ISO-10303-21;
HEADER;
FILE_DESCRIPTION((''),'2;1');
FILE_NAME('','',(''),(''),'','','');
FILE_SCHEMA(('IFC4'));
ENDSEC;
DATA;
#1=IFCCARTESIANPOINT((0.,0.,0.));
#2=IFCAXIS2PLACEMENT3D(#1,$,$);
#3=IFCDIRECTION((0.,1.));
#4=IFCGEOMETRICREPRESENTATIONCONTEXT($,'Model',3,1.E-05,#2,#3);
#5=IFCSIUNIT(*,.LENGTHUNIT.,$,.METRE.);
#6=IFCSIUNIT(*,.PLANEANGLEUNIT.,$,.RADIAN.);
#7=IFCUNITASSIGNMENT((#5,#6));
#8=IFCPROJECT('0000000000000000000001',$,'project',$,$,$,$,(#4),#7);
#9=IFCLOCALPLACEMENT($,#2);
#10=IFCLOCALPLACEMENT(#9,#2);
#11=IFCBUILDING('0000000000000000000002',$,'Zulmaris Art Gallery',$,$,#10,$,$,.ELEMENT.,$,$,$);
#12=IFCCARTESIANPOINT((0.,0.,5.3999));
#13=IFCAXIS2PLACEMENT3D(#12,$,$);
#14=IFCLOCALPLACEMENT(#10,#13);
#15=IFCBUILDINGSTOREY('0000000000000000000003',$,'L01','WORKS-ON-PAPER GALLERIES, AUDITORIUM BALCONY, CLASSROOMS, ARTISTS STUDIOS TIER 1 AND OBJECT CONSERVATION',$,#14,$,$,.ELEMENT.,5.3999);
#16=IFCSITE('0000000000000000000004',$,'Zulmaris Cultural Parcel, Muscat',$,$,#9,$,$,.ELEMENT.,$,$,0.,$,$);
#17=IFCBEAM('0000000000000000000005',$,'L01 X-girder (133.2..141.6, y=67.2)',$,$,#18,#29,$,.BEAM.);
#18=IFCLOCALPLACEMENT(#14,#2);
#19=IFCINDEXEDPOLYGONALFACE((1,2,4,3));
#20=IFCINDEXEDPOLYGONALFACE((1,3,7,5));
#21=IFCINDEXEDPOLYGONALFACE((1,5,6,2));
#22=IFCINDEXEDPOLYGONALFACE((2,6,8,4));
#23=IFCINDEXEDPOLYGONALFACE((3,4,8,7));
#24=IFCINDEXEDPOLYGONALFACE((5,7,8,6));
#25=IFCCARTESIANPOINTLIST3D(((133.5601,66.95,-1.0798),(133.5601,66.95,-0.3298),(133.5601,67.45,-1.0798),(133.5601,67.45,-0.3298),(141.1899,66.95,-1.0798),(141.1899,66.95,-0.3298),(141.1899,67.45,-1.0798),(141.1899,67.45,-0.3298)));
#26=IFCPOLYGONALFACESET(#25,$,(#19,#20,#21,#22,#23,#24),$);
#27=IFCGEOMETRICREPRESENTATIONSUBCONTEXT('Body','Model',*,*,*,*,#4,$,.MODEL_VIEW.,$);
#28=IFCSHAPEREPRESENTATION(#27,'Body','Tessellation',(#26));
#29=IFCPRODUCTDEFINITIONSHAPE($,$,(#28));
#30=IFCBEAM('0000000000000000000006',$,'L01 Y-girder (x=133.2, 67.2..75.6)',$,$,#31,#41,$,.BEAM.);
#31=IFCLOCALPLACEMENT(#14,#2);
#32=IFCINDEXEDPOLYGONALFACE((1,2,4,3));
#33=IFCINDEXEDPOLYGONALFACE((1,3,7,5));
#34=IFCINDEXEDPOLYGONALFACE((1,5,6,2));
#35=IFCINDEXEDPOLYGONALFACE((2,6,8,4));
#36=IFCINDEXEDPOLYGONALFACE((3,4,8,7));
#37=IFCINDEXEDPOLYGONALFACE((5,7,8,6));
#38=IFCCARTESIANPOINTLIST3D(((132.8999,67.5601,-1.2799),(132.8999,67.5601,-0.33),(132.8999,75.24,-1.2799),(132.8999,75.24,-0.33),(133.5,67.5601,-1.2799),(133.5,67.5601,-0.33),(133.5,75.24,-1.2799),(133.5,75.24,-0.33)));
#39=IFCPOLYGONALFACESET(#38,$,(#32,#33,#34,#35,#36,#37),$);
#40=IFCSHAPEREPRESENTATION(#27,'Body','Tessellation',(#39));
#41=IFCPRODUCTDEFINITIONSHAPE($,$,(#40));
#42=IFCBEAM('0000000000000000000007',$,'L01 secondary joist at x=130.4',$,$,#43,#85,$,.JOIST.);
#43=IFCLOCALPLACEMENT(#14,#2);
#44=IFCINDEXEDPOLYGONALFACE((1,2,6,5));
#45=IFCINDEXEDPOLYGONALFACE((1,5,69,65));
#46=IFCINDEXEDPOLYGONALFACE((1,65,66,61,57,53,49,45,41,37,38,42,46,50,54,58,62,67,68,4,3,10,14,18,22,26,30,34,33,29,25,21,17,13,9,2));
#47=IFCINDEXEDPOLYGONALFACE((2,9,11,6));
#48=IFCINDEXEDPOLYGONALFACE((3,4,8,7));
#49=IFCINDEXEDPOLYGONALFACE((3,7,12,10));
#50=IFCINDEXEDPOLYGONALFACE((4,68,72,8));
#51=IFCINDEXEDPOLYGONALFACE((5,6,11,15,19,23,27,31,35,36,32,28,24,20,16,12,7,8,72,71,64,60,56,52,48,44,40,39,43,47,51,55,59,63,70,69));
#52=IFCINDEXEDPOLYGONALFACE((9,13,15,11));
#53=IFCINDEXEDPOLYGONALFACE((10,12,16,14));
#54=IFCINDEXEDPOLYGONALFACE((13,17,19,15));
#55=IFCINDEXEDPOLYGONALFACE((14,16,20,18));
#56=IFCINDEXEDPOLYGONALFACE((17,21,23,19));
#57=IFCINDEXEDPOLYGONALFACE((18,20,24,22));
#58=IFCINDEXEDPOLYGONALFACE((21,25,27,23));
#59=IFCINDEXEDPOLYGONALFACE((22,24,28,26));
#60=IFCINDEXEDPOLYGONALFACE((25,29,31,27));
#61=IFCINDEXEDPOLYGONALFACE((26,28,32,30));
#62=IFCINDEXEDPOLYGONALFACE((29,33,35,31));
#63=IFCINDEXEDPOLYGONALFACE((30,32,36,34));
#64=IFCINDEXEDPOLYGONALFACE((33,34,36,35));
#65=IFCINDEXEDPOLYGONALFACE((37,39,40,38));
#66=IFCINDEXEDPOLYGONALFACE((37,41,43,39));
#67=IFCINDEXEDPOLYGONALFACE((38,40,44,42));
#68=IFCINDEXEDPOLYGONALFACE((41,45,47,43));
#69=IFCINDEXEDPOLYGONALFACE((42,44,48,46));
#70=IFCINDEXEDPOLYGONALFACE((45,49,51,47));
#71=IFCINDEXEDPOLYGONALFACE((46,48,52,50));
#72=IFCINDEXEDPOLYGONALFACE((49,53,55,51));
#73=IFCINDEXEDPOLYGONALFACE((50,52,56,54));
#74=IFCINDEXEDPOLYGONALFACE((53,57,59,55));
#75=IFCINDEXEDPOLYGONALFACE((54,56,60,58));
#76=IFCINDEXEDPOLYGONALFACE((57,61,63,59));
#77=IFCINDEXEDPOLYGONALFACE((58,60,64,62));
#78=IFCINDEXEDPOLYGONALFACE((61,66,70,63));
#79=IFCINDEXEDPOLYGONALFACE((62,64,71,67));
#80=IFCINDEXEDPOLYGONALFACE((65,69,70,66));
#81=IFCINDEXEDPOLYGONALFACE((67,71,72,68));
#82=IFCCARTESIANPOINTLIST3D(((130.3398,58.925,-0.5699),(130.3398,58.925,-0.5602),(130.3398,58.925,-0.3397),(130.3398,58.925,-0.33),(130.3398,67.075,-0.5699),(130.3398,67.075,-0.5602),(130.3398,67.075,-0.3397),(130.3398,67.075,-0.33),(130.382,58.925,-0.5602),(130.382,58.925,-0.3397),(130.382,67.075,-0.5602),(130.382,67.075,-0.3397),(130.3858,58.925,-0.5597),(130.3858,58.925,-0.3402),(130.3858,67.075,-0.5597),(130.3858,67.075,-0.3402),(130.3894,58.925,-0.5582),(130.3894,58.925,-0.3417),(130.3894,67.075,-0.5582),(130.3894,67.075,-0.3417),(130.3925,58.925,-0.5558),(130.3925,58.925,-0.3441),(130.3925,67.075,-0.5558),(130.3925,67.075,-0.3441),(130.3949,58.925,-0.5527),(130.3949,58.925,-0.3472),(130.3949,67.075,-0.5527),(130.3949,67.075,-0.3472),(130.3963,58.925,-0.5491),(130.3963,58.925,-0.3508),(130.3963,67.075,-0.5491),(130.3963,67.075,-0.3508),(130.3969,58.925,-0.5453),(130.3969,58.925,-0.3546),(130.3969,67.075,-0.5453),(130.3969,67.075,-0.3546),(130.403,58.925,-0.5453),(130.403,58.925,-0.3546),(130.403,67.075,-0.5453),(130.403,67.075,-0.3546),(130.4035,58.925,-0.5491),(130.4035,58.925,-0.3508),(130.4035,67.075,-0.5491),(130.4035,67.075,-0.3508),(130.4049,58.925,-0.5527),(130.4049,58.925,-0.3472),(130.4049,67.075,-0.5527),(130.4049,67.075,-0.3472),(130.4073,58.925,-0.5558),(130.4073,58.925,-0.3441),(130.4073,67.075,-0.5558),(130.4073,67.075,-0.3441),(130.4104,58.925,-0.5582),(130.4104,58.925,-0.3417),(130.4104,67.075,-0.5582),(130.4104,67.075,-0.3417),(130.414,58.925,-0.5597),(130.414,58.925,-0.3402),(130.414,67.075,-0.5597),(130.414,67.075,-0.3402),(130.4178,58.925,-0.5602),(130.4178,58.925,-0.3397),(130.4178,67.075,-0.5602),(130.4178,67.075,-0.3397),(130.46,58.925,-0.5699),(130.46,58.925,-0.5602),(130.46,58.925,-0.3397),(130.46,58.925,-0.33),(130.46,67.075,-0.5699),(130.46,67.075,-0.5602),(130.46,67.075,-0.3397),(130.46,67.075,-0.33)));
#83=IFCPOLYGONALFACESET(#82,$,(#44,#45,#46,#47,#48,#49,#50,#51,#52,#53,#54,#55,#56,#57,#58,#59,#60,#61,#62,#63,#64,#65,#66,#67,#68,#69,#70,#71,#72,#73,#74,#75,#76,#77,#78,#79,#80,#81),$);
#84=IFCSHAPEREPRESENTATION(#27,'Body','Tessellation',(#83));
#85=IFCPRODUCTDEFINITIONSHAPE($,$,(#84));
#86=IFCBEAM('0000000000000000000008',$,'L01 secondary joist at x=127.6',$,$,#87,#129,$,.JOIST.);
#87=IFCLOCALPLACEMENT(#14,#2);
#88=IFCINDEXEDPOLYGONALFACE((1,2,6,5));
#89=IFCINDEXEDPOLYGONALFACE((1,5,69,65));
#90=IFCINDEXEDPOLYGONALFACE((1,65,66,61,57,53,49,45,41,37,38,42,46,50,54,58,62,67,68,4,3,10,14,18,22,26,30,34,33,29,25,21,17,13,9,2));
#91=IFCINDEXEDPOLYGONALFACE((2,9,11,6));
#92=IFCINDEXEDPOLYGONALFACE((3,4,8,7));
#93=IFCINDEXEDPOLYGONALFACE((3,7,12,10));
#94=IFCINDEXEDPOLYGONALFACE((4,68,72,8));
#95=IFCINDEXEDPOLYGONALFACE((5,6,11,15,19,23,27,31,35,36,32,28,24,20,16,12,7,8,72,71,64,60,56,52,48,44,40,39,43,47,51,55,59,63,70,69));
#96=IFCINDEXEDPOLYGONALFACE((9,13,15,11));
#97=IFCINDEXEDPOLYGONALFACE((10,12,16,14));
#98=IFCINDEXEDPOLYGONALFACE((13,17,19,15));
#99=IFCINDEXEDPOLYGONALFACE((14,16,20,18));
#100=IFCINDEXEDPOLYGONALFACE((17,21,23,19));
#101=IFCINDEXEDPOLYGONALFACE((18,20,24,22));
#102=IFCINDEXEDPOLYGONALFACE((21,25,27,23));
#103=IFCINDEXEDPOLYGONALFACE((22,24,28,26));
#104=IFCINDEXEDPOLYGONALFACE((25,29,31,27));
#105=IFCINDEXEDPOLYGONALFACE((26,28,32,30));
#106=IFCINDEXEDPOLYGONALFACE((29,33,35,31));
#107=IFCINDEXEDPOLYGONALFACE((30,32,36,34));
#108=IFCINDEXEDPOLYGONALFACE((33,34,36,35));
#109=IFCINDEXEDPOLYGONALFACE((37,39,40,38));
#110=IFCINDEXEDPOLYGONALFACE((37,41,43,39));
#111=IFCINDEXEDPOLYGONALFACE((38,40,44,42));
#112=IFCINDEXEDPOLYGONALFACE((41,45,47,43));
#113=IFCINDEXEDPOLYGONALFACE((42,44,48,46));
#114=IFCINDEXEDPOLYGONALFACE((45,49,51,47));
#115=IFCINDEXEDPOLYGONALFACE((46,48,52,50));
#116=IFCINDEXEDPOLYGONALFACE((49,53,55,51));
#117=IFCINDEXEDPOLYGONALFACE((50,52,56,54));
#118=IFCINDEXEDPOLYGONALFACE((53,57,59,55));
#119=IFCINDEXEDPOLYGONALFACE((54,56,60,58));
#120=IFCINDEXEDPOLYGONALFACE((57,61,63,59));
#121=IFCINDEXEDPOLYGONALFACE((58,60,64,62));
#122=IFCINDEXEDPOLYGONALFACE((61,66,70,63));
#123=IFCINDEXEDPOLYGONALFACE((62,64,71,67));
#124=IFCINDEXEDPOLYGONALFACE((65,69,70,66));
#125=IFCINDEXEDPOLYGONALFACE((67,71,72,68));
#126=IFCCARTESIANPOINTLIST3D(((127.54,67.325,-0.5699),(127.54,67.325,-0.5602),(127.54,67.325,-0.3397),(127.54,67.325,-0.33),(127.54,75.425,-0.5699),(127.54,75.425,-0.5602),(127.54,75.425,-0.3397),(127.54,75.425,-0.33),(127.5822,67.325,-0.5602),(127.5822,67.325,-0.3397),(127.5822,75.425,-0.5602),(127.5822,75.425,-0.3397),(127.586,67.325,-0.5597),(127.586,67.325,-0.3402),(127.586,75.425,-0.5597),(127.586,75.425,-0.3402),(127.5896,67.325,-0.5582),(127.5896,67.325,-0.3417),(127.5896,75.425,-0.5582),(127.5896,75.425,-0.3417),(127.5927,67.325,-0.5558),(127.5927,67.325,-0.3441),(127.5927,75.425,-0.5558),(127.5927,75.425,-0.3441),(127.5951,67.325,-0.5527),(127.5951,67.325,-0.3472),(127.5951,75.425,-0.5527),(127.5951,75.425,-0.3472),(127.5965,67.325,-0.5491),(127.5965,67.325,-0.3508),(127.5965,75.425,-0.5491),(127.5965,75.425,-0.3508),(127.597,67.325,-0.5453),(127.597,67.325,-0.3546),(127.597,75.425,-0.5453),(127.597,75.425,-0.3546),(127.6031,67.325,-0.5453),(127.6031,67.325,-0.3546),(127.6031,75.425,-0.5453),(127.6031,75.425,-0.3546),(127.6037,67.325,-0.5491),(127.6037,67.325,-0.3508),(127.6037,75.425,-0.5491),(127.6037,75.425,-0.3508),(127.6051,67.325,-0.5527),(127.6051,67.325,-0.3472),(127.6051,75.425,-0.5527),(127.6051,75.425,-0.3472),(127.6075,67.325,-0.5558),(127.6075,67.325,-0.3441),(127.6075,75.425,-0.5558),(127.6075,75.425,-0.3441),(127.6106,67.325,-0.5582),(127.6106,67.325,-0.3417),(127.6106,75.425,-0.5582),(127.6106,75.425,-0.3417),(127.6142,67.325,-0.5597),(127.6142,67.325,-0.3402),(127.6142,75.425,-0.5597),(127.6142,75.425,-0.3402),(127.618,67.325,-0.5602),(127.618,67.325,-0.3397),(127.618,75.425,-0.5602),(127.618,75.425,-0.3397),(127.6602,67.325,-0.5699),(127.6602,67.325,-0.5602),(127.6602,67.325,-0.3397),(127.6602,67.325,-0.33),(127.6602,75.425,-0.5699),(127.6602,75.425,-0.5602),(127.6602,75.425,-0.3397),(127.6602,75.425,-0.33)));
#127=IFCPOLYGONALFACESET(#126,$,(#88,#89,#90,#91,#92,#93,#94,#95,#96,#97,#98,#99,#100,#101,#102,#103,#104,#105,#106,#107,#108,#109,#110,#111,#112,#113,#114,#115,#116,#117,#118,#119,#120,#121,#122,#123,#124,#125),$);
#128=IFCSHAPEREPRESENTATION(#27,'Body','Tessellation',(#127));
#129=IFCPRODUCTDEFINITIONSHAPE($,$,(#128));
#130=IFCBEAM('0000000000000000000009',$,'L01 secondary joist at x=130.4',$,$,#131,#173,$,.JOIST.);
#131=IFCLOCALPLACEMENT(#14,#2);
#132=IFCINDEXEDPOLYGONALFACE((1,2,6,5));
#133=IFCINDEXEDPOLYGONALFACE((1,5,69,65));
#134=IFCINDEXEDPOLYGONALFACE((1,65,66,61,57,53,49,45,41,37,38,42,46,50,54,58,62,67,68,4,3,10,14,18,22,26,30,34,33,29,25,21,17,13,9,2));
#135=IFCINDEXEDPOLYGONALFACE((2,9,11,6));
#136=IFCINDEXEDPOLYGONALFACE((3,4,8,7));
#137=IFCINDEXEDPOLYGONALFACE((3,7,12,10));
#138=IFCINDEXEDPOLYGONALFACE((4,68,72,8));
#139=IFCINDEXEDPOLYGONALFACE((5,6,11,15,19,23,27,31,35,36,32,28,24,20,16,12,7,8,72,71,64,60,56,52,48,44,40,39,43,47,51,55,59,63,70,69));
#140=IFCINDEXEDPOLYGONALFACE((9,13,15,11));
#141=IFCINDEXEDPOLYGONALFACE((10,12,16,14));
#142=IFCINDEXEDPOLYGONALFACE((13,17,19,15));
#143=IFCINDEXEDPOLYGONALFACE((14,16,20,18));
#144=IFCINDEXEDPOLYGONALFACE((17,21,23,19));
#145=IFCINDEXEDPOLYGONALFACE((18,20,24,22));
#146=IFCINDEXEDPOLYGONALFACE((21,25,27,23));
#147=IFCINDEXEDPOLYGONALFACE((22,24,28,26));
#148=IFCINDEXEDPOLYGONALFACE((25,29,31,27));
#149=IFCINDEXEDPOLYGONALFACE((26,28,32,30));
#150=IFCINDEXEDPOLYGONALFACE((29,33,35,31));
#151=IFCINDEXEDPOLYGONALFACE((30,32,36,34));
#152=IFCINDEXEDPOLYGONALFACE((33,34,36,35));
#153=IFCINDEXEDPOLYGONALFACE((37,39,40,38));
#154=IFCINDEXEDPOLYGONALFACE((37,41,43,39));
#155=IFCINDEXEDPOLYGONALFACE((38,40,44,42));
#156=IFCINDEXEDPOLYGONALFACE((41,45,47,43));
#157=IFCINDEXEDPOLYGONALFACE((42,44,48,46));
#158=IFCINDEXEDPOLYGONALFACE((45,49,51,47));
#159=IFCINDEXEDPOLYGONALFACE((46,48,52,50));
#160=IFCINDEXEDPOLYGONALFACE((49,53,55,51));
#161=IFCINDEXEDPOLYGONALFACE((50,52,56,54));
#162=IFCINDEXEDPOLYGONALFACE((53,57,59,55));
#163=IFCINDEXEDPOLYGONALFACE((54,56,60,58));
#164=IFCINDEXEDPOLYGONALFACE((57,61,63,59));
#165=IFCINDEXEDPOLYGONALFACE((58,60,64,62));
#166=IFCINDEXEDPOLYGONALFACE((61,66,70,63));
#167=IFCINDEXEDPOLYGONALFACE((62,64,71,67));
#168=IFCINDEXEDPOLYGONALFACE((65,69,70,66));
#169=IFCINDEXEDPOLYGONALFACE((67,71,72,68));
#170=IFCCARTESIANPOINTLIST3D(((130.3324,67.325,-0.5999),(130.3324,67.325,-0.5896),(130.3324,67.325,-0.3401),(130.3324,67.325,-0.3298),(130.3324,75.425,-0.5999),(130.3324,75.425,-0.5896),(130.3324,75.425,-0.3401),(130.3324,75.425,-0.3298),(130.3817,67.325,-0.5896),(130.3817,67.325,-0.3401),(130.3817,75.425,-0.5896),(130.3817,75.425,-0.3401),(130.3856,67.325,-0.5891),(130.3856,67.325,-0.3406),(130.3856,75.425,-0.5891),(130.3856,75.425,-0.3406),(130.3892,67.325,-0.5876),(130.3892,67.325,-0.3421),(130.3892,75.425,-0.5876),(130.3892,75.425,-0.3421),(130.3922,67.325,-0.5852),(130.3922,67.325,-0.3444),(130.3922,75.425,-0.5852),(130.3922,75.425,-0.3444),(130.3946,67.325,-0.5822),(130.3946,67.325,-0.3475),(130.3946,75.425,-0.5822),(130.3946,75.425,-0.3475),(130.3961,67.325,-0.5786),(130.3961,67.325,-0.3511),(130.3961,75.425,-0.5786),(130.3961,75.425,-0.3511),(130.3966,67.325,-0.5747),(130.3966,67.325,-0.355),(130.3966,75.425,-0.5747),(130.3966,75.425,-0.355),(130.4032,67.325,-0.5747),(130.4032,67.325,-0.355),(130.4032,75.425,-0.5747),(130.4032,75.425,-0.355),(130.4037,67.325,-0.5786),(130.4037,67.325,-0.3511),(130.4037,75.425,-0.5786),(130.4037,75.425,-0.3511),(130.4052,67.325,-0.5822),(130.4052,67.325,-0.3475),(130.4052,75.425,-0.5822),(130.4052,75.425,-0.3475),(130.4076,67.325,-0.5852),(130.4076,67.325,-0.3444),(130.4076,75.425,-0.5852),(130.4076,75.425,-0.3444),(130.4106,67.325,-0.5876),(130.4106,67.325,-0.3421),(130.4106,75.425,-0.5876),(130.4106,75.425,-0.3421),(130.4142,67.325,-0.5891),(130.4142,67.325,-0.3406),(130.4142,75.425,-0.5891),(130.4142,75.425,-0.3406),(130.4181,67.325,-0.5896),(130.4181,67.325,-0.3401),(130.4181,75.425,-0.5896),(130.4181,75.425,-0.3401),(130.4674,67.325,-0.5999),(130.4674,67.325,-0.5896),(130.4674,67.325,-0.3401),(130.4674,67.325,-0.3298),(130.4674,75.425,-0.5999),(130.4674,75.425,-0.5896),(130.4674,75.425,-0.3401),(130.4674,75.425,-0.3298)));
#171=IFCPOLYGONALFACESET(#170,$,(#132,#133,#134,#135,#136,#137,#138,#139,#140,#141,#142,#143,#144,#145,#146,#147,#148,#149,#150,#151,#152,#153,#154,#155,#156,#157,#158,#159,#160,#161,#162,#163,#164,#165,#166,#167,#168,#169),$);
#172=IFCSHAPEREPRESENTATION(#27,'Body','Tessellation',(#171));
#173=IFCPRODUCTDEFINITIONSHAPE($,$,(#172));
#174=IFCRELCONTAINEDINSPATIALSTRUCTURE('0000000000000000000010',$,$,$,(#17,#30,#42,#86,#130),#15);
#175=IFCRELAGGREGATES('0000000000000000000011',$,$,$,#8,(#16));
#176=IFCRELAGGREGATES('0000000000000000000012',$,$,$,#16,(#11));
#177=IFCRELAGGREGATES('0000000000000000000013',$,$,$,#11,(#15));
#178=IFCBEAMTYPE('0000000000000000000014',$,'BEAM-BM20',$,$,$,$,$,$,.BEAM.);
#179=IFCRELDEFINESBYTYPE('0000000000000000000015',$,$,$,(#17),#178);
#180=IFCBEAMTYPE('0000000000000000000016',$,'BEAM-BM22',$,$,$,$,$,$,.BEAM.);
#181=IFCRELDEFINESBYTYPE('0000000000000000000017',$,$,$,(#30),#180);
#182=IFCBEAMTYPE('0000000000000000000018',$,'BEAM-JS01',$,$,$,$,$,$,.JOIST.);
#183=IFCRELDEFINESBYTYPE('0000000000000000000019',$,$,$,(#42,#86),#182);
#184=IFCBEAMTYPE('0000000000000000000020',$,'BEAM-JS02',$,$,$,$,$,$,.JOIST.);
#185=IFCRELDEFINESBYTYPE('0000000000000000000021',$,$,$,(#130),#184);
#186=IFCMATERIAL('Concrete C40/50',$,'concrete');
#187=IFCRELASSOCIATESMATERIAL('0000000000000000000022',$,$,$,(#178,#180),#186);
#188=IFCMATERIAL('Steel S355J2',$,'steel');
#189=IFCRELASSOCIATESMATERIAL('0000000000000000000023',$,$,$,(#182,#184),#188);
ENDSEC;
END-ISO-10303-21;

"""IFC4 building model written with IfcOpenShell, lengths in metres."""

from ifc_helpers import new_model, si_unit, direction, frame, origin, origin_2d, place, context, subcontext, project, spatial, rectangle, i_section, extrude, material, material_profile, profile_set, type_object, element, save


model = new_model("IFC4")

# Units and contexts
model_context = context("Model", 3, precision=1e-05, world=origin(), true_north=direction((0.0, 1.0)))
body_context = subcontext(model_context, "Body", "Model", "MODEL_VIEW")
ifc_project = project(units=[si_unit("LENGTHUNIT", "METRE"), si_unit("PLANEANGLEUNIT", "RADIAN")], contexts=[model_context])

# Site, building, storey
site_placement = place(None, origin())
site = spatial("IfcSite", under=ifc_project, at=site_placement, Name="Zulmaris Cultural Parcel, Muscat", CompositionType="ELEMENT", RefElevation=0.0)
building_placement = place(site_placement, origin())
building = spatial("IfcBuilding", under=site, at=building_placement, Name="Zulmaris Art Gallery", CompositionType="ELEMENT")
storey_placement = place(building_placement, frame((0.0, 0.0, 5.3999)))
storey = spatial("IfcBuildingStorey", under=building, at=storey_placement, Name="L01", Description="WORKS-ON-PAPER GALLERIES, AUDITORIUM BALCONY, CLASSROOMS, ARTISTS STUDIOS TIER 1 AND OBJECT CONSERVATION", CompositionType="ELEMENT", Elevation=5.3999)

# Shared definitions
ifc_material_1 = material(Name="Concrete C40/50", Category="concrete")

# Beams
ifc_material_2 = material(Name="Steel S355J2", Category="steel")
ifc_material_profile_1 = material_profile(ifc_material_1, rectangle(XDim=0.5, YDim=0.75, at=origin_2d()), Name="RC 500x750")
ifc_profile_set_1 = profile_set([ifc_material_profile_1], Name="Concrete C40/50")
beam_type_1 = type_object("IfcBeamType", Name="BEAM-BM20", PredefinedType="BEAM", material=ifc_profile_set_1)
beam_1_placement = place(storey_placement, frame((133.5601, 67.2, -0.7048), z_axis=(1.0, 0.0, 0.0), x_axis=(0.0, 1.0, 0.0)))
element("IfcBeam", 1, at=beam_1_placement, inside=storey, type_object=beam_type_1, Name="L01 X-girder (133.2..141.6, y=67.2)", PredefinedType="BEAM", context=body_context, shape_type="SweptSolid", body=[
    extrude(rectangle(XDim=0.5, YDim=0.75, at=origin_2d()), origin(), (0.0, 0.0, 1.0), 7.6299),
])
ifc_material_profile_2 = material_profile(ifc_material_1, rectangle(XDim=0.6001, YDim=0.95, at=origin_2d()), Name="RC 600x950")
ifc_profile_set_2 = profile_set([ifc_material_profile_2], Name="Concrete C40/50")
beam_type_2 = type_object("IfcBeamType", Name="BEAM-BM22", PredefinedType="BEAM", material=ifc_profile_set_2)
beam_2_placement = place(storey_placement, frame((133.2, 67.5601, -0.8049), z_axis=(0.0, 1.0, 0.0), x_axis=(-1.0, 0.0, 0.0)))
element("IfcBeam", 2, at=beam_2_placement, inside=storey, type_object=beam_type_2, Name="L01 Y-girder (x=133.2, 67.2..75.6)", PredefinedType="BEAM", context=body_context, shape_type="SweptSolid", body=[
    extrude(rectangle(XDim=0.6001, YDim=0.95, at=origin_2d()), origin(), (0.0, 0.0, 1.0), 7.6799),
])
ifc_material_profile_3 = material_profile(ifc_material_2, i_section(OverallWidth=0.1201, OverallDepth=0.24, WebThickness=0.0061, FlangeThickness=0.0098, FilletRadius=0.0149, at=origin_2d()), Name="IPE 240")
ifc_profile_set_3 = profile_set([ifc_material_profile_3], Name="Steel S355J2")
beam_type_3 = type_object("IfcBeamType", Name="BEAM-JS01", PredefinedType="JOIST", material=ifc_profile_set_3)
beam_3_placement = place(storey_placement, frame((130.3999, 58.925, -0.45), z_axis=(0.0, 1.0, 0.0), x_axis=(-1.0, 0.0, 0.0)))
element("IfcBeam", 3, at=beam_3_placement, inside=storey, type_object=beam_type_3, Name="L01 secondary joist at x=130.4", PredefinedType="JOIST", context=body_context, shape_type="SweptSolid", body=[
    extrude(i_section(OverallWidth=0.1201, OverallDepth=0.24, WebThickness=0.0061, FlangeThickness=0.0098, FilletRadius=0.0149, at=origin_2d()), origin(), (0.0, 0.0, 1.0), 8.1499),
])
beam_4_placement = place(storey_placement, frame((127.6001, 67.325, -0.45), z_axis=(0.0, 1.0, 0.0), x_axis=(-1.0, 0.0, 0.0)))
element("IfcBeam", 4, at=beam_4_placement, inside=storey, type_object=beam_type_3, Name="L01 secondary joist at x=127.6", PredefinedType="JOIST", context=body_context, shape_type="SweptSolid", body=[
    extrude(i_section(OverallWidth=0.1201, OverallDepth=0.24, WebThickness=0.0061, FlangeThickness=0.0098, FilletRadius=0.0149, at=origin_2d()), origin(), (0.0, 0.0, 1.0), 8.1001),
])
ifc_material_profile_4 = material_profile(ifc_material_2, i_section(OverallWidth=0.135, OverallDepth=0.27, WebThickness=0.0066, FlangeThickness=0.0103, FilletRadius=0.0149, at=origin_2d()), Name="IPE 270")
ifc_profile_set_4 = profile_set([ifc_material_profile_4], Name="Steel S355J2")
beam_type_4 = type_object("IfcBeamType", Name="BEAM-JS02", PredefinedType="JOIST", material=ifc_profile_set_4)
beam_5_placement = place(storey_placement, frame((130.3999, 67.325, -0.4648), z_axis=(0.0, 1.0, 0.0), x_axis=(-1.0, 0.0, 0.0)))
element("IfcBeam", 5, at=beam_5_placement, inside=storey, type_object=beam_type_4, Name="L01 secondary joist at x=130.4", PredefinedType="JOIST", context=body_context, shape_type="SweptSolid", body=[
    extrude(i_section(OverallWidth=0.135, OverallDepth=0.27, WebThickness=0.0066, FlangeThickness=0.0103, FilletRadius=0.0149, at=origin_2d()), origin(), (0.0, 0.0, 1.0), 8.1001),
])

save(model, "model.ifc")
